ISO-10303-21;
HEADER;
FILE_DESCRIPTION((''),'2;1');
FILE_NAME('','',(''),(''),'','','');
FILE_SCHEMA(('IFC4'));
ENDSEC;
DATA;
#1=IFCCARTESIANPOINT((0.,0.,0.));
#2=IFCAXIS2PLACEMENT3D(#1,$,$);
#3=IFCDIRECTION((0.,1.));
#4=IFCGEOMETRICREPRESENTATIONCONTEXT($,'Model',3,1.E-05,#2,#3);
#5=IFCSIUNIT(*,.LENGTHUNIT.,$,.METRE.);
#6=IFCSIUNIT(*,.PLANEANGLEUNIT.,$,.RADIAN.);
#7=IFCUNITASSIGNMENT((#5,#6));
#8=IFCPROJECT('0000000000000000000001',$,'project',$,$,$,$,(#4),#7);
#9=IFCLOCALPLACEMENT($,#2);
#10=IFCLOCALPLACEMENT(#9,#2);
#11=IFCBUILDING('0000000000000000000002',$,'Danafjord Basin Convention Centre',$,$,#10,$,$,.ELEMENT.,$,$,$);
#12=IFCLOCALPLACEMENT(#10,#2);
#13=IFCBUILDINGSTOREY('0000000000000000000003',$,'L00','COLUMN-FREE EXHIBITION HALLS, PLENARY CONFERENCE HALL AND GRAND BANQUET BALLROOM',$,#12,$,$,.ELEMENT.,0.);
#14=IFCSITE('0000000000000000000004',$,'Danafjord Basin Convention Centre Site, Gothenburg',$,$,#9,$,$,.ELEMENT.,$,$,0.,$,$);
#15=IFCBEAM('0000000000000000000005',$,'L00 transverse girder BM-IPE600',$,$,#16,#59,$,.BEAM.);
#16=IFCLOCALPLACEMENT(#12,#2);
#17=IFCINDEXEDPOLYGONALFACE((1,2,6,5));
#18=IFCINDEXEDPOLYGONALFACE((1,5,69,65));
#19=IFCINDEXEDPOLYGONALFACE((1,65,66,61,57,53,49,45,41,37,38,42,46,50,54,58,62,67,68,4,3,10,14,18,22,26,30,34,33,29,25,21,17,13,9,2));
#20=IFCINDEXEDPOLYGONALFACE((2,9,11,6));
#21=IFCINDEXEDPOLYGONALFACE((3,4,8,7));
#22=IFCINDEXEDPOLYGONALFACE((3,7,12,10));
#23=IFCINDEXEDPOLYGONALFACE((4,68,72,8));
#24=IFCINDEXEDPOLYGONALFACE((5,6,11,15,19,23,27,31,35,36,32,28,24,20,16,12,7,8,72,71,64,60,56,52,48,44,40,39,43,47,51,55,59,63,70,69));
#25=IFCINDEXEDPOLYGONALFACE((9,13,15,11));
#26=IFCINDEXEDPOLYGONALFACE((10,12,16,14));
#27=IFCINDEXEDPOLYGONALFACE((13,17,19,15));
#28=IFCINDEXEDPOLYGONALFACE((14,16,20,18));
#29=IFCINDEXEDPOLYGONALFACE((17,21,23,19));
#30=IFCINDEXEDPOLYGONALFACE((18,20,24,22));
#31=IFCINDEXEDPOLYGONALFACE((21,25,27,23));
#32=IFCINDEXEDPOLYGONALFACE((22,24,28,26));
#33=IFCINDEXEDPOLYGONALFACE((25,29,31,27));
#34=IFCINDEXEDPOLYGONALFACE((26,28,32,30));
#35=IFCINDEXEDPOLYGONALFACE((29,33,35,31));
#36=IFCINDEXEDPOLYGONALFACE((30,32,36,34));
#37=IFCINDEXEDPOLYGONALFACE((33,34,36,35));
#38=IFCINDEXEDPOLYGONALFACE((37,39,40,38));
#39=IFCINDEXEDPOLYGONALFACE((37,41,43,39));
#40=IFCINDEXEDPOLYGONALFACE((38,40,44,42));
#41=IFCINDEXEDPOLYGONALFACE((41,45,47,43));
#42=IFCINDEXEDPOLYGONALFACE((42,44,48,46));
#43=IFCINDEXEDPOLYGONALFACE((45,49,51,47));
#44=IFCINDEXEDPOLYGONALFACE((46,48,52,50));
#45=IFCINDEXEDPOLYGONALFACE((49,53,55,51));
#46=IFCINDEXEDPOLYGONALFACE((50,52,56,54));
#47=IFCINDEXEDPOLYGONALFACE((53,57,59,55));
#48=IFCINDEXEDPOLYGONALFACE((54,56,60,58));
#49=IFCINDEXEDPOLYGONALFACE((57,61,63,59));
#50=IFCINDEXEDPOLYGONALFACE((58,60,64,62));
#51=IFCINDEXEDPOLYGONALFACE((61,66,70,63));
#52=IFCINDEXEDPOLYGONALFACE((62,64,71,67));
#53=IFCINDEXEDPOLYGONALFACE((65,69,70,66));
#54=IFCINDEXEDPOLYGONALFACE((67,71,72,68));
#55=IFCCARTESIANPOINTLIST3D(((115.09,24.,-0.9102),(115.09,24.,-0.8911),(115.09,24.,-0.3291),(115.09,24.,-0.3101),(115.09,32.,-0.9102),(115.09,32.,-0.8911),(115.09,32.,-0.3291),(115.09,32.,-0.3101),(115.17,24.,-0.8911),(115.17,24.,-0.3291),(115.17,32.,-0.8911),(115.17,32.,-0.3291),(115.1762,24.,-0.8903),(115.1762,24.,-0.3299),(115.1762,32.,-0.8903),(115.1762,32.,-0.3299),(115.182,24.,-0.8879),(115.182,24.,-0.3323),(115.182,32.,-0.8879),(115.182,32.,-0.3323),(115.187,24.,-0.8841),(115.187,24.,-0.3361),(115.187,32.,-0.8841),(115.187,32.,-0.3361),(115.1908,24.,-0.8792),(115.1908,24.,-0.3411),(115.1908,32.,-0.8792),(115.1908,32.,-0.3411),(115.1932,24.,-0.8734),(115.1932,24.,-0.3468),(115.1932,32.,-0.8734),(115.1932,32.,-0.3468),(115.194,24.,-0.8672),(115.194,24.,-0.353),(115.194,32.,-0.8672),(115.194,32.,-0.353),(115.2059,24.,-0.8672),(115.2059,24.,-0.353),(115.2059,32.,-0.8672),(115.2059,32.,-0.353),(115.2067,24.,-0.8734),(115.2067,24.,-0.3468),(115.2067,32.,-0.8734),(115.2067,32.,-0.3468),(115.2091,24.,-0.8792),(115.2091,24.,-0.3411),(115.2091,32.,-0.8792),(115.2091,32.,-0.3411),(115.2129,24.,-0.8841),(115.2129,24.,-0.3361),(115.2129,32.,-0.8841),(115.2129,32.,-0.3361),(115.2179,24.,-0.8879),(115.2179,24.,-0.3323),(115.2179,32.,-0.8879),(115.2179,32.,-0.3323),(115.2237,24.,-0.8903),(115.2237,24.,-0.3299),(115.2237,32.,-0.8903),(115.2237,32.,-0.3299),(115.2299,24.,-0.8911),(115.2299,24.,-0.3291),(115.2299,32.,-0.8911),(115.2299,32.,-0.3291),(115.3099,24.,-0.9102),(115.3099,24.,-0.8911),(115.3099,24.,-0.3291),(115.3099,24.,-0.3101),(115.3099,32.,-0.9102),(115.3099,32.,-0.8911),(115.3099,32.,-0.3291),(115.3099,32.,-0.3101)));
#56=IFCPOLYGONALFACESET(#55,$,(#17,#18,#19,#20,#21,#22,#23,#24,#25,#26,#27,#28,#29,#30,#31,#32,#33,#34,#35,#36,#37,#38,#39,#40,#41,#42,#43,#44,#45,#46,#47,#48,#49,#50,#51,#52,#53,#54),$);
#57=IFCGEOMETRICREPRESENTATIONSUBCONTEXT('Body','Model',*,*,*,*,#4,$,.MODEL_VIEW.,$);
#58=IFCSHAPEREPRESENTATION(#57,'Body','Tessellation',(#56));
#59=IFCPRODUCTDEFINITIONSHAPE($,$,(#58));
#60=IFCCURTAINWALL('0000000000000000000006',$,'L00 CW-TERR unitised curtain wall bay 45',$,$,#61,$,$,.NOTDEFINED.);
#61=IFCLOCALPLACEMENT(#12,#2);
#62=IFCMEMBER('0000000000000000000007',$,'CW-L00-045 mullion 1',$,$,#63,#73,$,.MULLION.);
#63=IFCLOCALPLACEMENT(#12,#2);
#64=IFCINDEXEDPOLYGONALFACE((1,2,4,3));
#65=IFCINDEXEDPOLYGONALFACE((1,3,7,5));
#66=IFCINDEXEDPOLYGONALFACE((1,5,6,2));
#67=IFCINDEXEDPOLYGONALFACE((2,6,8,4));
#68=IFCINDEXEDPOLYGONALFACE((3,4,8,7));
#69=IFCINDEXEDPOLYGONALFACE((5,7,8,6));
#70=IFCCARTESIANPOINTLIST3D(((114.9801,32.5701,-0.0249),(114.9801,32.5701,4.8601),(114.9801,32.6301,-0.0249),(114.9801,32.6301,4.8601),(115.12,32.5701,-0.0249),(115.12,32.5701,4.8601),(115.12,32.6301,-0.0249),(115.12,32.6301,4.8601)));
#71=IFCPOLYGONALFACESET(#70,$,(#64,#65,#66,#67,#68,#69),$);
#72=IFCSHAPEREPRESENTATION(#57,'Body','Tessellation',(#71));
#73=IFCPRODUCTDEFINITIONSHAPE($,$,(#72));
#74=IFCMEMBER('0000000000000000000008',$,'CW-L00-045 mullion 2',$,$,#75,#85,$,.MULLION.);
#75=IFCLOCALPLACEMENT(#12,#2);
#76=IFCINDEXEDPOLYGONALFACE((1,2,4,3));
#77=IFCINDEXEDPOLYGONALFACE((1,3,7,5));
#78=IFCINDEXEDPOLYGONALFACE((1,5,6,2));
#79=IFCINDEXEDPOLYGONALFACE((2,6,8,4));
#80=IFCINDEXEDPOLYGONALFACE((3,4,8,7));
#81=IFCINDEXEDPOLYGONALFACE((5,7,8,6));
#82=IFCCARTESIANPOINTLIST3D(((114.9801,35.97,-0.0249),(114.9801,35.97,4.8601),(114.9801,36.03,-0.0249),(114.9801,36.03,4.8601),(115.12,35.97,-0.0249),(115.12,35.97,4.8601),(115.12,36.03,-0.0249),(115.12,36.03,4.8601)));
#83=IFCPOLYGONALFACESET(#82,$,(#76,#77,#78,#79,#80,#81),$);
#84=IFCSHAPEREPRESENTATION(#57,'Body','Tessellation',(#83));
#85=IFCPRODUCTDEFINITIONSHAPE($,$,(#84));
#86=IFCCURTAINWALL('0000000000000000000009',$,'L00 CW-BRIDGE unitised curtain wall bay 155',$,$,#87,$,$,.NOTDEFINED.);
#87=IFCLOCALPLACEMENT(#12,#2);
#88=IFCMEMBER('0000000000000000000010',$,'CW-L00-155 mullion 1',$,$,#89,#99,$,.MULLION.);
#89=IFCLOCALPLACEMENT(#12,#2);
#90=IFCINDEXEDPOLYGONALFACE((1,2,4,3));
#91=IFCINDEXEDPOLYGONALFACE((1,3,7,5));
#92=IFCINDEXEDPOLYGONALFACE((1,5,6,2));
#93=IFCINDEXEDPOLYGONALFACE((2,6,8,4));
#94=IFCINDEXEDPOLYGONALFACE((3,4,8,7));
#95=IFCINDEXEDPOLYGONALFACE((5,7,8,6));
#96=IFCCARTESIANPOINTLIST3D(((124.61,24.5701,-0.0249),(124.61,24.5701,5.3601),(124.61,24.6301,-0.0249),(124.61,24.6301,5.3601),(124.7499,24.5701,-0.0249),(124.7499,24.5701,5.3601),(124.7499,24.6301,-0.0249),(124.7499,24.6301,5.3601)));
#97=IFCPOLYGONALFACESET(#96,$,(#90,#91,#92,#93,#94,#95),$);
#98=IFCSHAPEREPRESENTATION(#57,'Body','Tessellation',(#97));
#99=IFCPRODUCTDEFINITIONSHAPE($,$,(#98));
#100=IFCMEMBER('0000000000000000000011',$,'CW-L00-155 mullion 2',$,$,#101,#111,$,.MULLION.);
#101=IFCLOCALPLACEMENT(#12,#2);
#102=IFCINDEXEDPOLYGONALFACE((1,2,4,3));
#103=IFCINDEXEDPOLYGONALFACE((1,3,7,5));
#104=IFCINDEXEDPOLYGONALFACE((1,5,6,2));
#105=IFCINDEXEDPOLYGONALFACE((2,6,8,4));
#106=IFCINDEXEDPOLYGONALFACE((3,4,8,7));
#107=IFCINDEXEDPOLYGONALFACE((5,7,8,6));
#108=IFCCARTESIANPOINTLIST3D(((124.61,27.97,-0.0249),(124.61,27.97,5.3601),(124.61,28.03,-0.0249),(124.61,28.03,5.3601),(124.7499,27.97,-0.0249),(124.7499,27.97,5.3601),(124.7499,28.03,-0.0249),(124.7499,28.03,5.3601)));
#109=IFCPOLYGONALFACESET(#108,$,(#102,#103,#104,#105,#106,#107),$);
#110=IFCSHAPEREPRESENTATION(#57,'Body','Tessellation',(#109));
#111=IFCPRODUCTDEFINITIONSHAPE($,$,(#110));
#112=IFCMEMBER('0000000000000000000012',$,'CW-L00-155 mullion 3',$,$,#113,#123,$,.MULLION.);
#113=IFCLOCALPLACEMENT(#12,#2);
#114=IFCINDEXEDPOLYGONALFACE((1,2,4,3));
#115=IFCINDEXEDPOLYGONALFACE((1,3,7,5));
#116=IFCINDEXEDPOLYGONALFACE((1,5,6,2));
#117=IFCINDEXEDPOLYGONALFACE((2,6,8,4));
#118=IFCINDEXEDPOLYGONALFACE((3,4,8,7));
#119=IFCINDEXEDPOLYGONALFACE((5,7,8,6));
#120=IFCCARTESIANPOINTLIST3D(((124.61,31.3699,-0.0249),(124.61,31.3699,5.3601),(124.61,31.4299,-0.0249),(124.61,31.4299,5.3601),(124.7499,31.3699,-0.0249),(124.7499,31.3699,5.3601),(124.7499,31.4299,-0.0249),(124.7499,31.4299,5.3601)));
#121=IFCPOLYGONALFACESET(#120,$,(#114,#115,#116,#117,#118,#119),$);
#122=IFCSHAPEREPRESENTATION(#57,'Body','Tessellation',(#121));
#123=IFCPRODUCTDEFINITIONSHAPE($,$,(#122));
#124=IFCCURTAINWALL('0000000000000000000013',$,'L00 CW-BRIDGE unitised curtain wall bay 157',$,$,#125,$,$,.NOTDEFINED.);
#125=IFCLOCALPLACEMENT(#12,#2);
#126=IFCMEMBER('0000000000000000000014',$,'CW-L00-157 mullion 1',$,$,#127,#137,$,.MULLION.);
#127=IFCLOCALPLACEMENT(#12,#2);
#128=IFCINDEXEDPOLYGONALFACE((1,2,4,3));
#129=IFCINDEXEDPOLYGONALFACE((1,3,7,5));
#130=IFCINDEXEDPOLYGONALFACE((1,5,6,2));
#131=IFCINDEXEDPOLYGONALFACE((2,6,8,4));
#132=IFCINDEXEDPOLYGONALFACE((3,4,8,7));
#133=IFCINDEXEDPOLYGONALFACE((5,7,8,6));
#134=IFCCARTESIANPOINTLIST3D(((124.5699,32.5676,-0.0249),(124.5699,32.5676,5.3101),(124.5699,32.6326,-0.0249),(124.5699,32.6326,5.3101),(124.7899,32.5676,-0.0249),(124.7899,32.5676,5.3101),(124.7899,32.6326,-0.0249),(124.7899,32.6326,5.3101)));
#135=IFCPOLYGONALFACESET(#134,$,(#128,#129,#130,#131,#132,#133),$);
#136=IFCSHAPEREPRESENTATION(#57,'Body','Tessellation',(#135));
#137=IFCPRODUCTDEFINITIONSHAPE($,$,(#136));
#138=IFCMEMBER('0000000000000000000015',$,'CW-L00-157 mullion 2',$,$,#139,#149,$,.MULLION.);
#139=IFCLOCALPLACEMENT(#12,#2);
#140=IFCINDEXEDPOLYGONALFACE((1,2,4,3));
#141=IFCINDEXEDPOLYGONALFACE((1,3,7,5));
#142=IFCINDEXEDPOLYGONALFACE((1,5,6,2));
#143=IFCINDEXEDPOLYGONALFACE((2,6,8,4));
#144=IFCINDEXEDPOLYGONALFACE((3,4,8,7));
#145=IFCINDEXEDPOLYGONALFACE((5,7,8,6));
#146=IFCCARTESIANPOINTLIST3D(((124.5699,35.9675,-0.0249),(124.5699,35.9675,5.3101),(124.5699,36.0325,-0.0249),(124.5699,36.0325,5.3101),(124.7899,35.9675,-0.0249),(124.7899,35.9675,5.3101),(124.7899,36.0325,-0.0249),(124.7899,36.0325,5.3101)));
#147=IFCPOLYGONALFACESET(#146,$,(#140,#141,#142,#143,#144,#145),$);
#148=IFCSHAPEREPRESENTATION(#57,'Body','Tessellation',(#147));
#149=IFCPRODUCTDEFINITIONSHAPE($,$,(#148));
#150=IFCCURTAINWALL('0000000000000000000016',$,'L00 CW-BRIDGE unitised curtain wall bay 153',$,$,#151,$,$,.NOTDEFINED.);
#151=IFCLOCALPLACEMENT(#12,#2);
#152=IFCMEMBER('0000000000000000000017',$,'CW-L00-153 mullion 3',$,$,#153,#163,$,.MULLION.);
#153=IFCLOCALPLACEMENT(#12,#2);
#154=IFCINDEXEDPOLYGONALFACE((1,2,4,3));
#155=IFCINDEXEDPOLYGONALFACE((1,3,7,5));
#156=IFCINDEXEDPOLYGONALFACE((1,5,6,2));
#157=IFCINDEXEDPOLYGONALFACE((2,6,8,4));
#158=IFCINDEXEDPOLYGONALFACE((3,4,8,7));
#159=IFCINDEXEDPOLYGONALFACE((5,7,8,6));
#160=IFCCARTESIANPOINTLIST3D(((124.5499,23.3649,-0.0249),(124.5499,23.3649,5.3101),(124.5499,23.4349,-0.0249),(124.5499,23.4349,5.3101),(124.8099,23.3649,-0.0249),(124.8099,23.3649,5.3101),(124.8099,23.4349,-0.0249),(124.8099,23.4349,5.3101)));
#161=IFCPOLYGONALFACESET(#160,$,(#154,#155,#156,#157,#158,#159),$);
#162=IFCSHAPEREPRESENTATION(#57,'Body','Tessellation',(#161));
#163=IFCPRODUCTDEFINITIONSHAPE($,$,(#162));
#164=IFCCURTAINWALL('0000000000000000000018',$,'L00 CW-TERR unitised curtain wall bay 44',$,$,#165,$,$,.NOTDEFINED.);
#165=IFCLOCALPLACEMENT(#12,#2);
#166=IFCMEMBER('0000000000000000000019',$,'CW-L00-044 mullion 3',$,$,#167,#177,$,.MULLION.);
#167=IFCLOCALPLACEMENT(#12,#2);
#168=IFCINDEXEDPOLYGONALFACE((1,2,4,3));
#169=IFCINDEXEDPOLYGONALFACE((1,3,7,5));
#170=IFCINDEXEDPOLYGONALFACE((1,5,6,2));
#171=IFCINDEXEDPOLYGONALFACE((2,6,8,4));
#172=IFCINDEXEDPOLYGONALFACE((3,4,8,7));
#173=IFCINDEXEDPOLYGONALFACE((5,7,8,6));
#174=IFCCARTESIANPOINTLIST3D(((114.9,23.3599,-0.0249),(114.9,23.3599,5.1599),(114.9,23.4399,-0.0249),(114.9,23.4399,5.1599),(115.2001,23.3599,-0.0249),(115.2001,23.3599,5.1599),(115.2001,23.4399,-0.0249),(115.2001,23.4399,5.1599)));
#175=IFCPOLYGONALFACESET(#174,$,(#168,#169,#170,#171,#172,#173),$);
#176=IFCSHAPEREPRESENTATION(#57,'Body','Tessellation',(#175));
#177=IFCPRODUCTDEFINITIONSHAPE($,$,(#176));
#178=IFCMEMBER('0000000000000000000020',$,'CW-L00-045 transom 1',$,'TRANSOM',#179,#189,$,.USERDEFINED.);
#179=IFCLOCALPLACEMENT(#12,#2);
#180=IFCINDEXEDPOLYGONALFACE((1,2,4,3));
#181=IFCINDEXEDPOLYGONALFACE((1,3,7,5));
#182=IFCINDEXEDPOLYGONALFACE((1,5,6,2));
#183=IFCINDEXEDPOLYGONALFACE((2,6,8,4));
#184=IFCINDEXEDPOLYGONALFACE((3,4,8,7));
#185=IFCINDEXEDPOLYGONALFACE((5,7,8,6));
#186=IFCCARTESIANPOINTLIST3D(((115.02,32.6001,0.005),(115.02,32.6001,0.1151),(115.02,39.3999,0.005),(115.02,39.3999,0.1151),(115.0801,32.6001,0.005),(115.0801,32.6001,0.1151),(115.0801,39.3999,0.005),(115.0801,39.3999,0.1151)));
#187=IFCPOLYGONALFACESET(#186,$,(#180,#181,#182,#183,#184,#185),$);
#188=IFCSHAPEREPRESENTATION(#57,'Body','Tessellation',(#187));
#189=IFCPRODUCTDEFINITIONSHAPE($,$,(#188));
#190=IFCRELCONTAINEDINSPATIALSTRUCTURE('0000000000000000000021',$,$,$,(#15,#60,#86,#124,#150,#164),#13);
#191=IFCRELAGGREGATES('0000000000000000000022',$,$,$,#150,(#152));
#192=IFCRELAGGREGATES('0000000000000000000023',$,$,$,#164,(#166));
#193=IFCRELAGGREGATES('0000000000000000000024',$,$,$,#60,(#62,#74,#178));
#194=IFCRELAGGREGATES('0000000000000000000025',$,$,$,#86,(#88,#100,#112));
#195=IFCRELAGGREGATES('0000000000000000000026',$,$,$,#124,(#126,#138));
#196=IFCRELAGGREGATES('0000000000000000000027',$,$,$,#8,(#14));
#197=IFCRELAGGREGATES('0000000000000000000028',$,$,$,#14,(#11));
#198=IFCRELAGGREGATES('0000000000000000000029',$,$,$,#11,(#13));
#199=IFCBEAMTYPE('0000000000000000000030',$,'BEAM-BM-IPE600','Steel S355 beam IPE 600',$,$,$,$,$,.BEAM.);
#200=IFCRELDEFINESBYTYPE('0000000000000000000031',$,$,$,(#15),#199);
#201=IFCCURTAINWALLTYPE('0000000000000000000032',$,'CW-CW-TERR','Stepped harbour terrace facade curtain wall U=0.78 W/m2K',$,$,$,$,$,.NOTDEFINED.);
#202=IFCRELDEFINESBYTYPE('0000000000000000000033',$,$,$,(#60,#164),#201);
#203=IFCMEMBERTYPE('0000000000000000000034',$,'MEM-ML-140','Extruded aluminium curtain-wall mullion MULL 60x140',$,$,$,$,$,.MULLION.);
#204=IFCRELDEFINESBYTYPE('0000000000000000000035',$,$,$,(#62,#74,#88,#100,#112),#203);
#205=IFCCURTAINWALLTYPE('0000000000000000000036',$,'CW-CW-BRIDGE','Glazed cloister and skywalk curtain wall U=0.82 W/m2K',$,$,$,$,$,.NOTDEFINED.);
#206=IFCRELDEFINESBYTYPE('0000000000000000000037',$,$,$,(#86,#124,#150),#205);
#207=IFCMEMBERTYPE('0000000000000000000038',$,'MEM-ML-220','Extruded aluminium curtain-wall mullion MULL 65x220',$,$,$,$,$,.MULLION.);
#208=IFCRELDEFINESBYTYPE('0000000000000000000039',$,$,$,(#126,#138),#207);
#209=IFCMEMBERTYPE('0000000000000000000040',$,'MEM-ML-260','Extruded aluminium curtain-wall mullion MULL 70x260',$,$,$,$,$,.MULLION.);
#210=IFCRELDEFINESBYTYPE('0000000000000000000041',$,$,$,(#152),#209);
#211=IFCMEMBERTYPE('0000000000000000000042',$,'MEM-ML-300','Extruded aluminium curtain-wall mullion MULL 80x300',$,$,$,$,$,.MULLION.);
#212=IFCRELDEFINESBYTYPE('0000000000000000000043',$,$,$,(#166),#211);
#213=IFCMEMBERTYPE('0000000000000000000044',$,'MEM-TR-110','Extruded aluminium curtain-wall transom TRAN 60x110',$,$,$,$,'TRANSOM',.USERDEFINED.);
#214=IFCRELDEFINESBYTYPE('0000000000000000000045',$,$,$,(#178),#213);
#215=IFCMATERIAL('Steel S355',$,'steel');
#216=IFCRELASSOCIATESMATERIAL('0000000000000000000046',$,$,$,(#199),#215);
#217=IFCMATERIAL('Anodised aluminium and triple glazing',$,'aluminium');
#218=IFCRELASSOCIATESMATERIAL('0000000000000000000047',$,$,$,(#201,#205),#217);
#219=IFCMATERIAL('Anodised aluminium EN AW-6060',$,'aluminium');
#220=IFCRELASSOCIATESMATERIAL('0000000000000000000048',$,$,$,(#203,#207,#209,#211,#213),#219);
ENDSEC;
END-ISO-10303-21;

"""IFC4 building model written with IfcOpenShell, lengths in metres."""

from ifc_helpers import new_model, si_unit, direction, frame, origin, origin_2d, place, context, subcontext, project, spatial, rectangle, i_section, extrude, material, material_profile, profile_set, type_object, element, aggregate, save


model = new_model("IFC4")

# Units and contexts
model_context = context("Model", 3, precision=1e-05, world=origin(), true_north=direction((0.0, 1.0)))
body_context = subcontext(model_context, "Body", "Model", "MODEL_VIEW")
ifc_project = project(units=[si_unit("LENGTHUNIT", "METRE"), si_unit("PLANEANGLEUNIT", "RADIAN")], contexts=[model_context])

# Site, building, storey
site_placement = place(None, origin())
site = spatial("IfcSite", under=ifc_project, at=site_placement, Name="Danafjord Basin Convention Centre Site, Gothenburg", CompositionType="ELEMENT", RefElevation=0.0)
building_placement = place(site_placement, origin())
building = spatial("IfcBuilding", under=site, at=building_placement, Name="Danafjord Basin Convention Centre", CompositionType="ELEMENT")
storey_placement = place(building_placement, origin())
storey = spatial("IfcBuildingStorey", under=building, at=storey_placement, Name="L00", Description="COLUMN-FREE EXHIBITION HALLS, PLENARY CONFERENCE HALL AND GRAND BANQUET BALLROOM", CompositionType="ELEMENT", Elevation=0.0)

# Shared definitions
ifc_material_1 = material(Name="Steel S355", Category="steel")

# Beam
ifc_material_profile_1 = material_profile(ifc_material_1, i_section(OverallWidth=0.22, OverallDepth=0.6001, WebThickness=0.012, FlangeThickness=0.019, FilletRadius=0.0239, at=origin_2d()), Name="IPE 600")
ifc_profile_set_1 = profile_set([ifc_material_profile_1], Name="Steel S355")
beam_type_1 = type_object("IfcBeamType", Name="BEAM-BM-IPE600", Description="Steel S355 beam IPE 600", PredefinedType="BEAM", material=ifc_profile_set_1)
beam_1_placement = place(storey_placement, frame((115.2, 24.0, -0.6101), z_axis=(0.0, 1.0, 0.0), x_axis=(-1.0, 0.0, 0.0)))
element("IfcBeam", 1, at=beam_1_placement, inside=storey, type_object=beam_type_1, Name="L00 transverse girder BM-IPE600", PredefinedType="BEAM", context=body_context, shape_type="SweptSolid", body=[
    extrude(i_section(OverallWidth=0.22, OverallDepth=0.6001, WebThickness=0.012, FlangeThickness=0.019, FilletRadius=0.0239, at=origin_2d()), origin(), (0.0, 0.0, 1.0), 8.0),
])

# Curtain walls, members
ifc_material_2 = material(Name="Anodised aluminium and triple glazing", Category="aluminium")
curtain_wall_type_1 = type_object("IfcCurtainWallType", Name="CW-CW-TERR", Description="Stepped harbour terrace facade curtain wall U=0.78 W/m2K", PredefinedType="NOTDEFINED", material=ifc_material_2)
curtain_wall_1_placement = place(storey_placement, origin())
curtain_wall_1 = element("IfcCurtainWall", 2, at=curtain_wall_1_placement, inside=storey, type_object=curtain_wall_type_1, Name="L00 CW-TERR unitised curtain wall bay 45", PredefinedType="NOTDEFINED")
ifc_material_3 = material(Name="Anodised aluminium EN AW-6060", Category="aluminium")
ifc_material_profile_2 = material_profile(ifc_material_3, rectangle(XDim=0.0601, YDim=0.1399, at=origin_2d()), Name="MULL 60x140")
ifc_profile_set_2 = profile_set([ifc_material_profile_2], Name="Anodised aluminium EN AW-6060")
member_type_1 = type_object("IfcMemberType", Name="MEM-ML-140", Description="Extruded aluminium curtain-wall mullion MULL 60x140", PredefinedType="MULLION", material=ifc_profile_set_2)
member_1_placement = place(storey_placement, frame((115.05, 32.6001, -0.0249), z_axis=(0.0, 0.0, 1.0), x_axis=(0.0, 1.0, 0.0)))
member_1 = element("IfcMember", 3, at=member_1_placement, type_object=member_type_1, Name="CW-L00-045 mullion 1", PredefinedType="MULLION", context=body_context, shape_type="SweptSolid", body=[
    extrude(rectangle(XDim=0.0601, YDim=0.1399, at=origin_2d()), origin(), (0.0, 0.0, 1.0), 4.885),
])
member_2_placement = place(storey_placement, frame((115.05, 36.0, -0.0249), z_axis=(0.0, 0.0, 1.0), x_axis=(0.0, 1.0, 0.0)))
member_2 = element("IfcMember", 4, at=member_2_placement, type_object=member_type_1, Name="CW-L00-045 mullion 2", PredefinedType="MULLION", context=body_context, shape_type="SweptSolid", body=[
    extrude(rectangle(XDim=0.0601, YDim=0.1399, at=origin_2d()), origin(), (0.0, 0.0, 1.0), 4.885),
])
curtain_wall_type_2 = type_object("IfcCurtainWallType", Name="CW-CW-BRIDGE", Description="Glazed cloister and skywalk curtain wall U=0.82 W/m2K", PredefinedType="NOTDEFINED", material=ifc_material_2)
curtain_wall_2_placement = place(storey_placement, origin())
curtain_wall_2 = element("IfcCurtainWall", 5, at=curtain_wall_2_placement, inside=storey, type_object=curtain_wall_type_2, Name="L00 CW-BRIDGE unitised curtain wall bay 155", PredefinedType="NOTDEFINED")
member_3_placement = place(storey_placement, frame((124.6799, 24.6001, -0.0249), z_axis=(0.0, 0.0, 1.0), x_axis=(0.0, 1.0, 0.0)))
member_3 = element("IfcMember", 6, at=member_3_placement, type_object=member_type_1, Name="CW-L00-155 mullion 1", PredefinedType="MULLION", context=body_context, shape_type="SweptSolid", body=[
    extrude(rectangle(XDim=0.0601, YDim=0.1399, at=origin_2d()), origin(), (0.0, 0.0, 1.0), 5.385),
])
member_4_placement = place(storey_placement, frame((124.6799, 28.0, -0.0249), z_axis=(0.0, 0.0, 1.0), x_axis=(0.0, 1.0, 0.0)))
member_4 = element("IfcMember", 7, at=member_4_placement, type_object=member_type_1, Name="CW-L00-155 mullion 2", PredefinedType="MULLION", context=body_context, shape_type="SweptSolid", body=[
    extrude(rectangle(XDim=0.0601, YDim=0.1399, at=origin_2d()), origin(), (0.0, 0.0, 1.0), 5.385),
])
member_5_placement = place(storey_placement, frame((124.6799, 31.3999, -0.0249), z_axis=(0.0, 0.0, 1.0), x_axis=(0.0, 1.0, 0.0)))
member_5 = element("IfcMember", 8, at=member_5_placement, type_object=member_type_1, Name="CW-L00-155 mullion 3", PredefinedType="MULLION", context=body_context, shape_type="SweptSolid", body=[
    extrude(rectangle(XDim=0.0601, YDim=0.1399, at=origin_2d()), origin(), (0.0, 0.0, 1.0), 5.385),
])
curtain_wall_3_placement = place(storey_placement, origin())
curtain_wall_3 = element("IfcCurtainWall", 9, at=curtain_wall_3_placement, inside=storey, type_object=curtain_wall_type_2, Name="L00 CW-BRIDGE unitised curtain wall bay 157", PredefinedType="NOTDEFINED")
ifc_material_profile_3 = material_profile(ifc_material_3, rectangle(XDim=0.0649, YDim=0.22, at=origin_2d()), Name="MULL 65x220")
ifc_profile_set_3 = profile_set([ifc_material_profile_3], Name="Anodised aluminium EN AW-6060")
member_type_2 = type_object("IfcMemberType", Name="MEM-ML-220", Description="Extruded aluminium curtain-wall mullion MULL 65x220", PredefinedType="MULLION", material=ifc_profile_set_3)
member_6_placement = place(storey_placement, frame((124.6799, 32.6001, -0.0249), z_axis=(0.0, 0.0, 1.0), x_axis=(0.0, 1.0, 0.0)))
member_6 = element("IfcMember", 10, at=member_6_placement, type_object=member_type_2, Name="CW-L00-157 mullion 1", PredefinedType="MULLION", context=body_context, shape_type="SweptSolid", body=[
    extrude(rectangle(XDim=0.0649, YDim=0.22, at=origin_2d()), origin(), (0.0, 0.0, 1.0), 5.335),
])
member_7_placement = place(storey_placement, frame((124.6799, 36.0, -0.0249), z_axis=(0.0, 0.0, 1.0), x_axis=(0.0, 1.0, 0.0)))
member_7 = element("IfcMember", 11, at=member_7_placement, type_object=member_type_2, Name="CW-L00-157 mullion 2", PredefinedType="MULLION", context=body_context, shape_type="SweptSolid", body=[
    extrude(rectangle(XDim=0.0649, YDim=0.22, at=origin_2d()), origin(), (0.0, 0.0, 1.0), 5.335),
])

# Curtain walls, members
curtain_wall_4_placement = place(storey_placement, origin())
curtain_wall_4 = element("IfcCurtainWall", 12, at=curtain_wall_4_placement, inside=storey, type_object=curtain_wall_type_2, Name="L00 CW-BRIDGE unitised curtain wall bay 153", PredefinedType="NOTDEFINED")
ifc_material_profile_4 = material_profile(ifc_material_3, rectangle(XDim=0.0701, YDim=0.26, at=origin_2d()), Name="MULL 70x260")
ifc_profile_set_4 = profile_set([ifc_material_profile_4], Name="Anodised aluminium EN AW-6060")
member_type_3 = type_object("IfcMemberType", Name="MEM-ML-260", Description="Extruded aluminium curtain-wall mullion MULL 70x260", PredefinedType="MULLION", material=ifc_profile_set_4)
member_8_placement = place(storey_placement, frame((124.6799, 23.3999, -0.0249), z_axis=(0.0, 0.0, 1.0), x_axis=(0.0, 1.0, 0.0)))
member_8 = element("IfcMember", 13, at=member_8_placement, type_object=member_type_3, Name="CW-L00-153 mullion 3", PredefinedType="MULLION", context=body_context, shape_type="SweptSolid", body=[
    extrude(rectangle(XDim=0.0701, YDim=0.26, at=origin_2d()), origin(), (0.0, 0.0, 1.0), 5.335),
])
aggregate(curtain_wall_4, [member_8])
curtain_wall_5_placement = place(storey_placement, origin())
curtain_wall_5 = element("IfcCurtainWall", 14, at=curtain_wall_5_placement, inside=storey, type_object=curtain_wall_type_1, Name="L00 CW-TERR unitised curtain wall bay 44", PredefinedType="NOTDEFINED")
ifc_material_profile_5 = material_profile(ifc_material_3, rectangle(XDim=0.0801, YDim=0.3, at=origin_2d()), Name="MULL 80x300")
ifc_profile_set_5 = profile_set([ifc_material_profile_5], Name="Anodised aluminium EN AW-6060")
member_type_4 = type_object("IfcMemberType", Name="MEM-ML-300", Description="Extruded aluminium curtain-wall mullion MULL 80x300", PredefinedType="MULLION", material=ifc_profile_set_5)
member_9_placement = place(storey_placement, frame((115.05, 23.3999, -0.0249), z_axis=(0.0, 0.0, 1.0), x_axis=(0.0, 1.0, 0.0)))
member_9 = element("IfcMember", 15, at=member_9_placement, type_object=member_type_4, Name="CW-L00-044 mullion 3", PredefinedType="MULLION", context=body_context, shape_type="SweptSolid", body=[
    extrude(rectangle(XDim=0.0801, YDim=0.3, at=origin_2d()), origin(), (0.0, 0.0, 1.0), 5.1848),
])
aggregate(curtain_wall_5, [member_9])

# Member
ifc_material_profile_6 = material_profile(ifc_material_3, rectangle(XDim=0.0601, YDim=0.1101, at=origin_2d()), Name="TRAN 60x110")
ifc_profile_set_6 = profile_set([ifc_material_profile_6], Name="Anodised aluminium EN AW-6060")
member_type_5 = type_object("IfcMemberType", Name="MEM-TR-110", Description="Extruded aluminium curtain-wall transom TRAN 60x110", ElementType="TRANSOM", PredefinedType="USERDEFINED", material=ifc_profile_set_6)
member_10_placement = place(storey_placement, frame((115.05, 32.6001, 0.0601), z_axis=(0.0, 1.0, 0.0), x_axis=(-1.0, 0.0, 0.0)))
member_10 = element("IfcMember", 16, at=member_10_placement, type_object=member_type_5, Name="CW-L00-045 transom 1", ObjectType="TRANSOM", PredefinedType="USERDEFINED", context=body_context, shape_type="SweptSolid", body=[
    extrude(rectangle(XDim=0.0601, YDim=0.1101, at=origin_2d()), origin(), (0.0, 0.0, 1.0), 6.7998),
])

aggregate(curtain_wall_1, [member_1, member_2, member_10])
aggregate(curtain_wall_2, [member_3, member_4, member_5])
aggregate(curtain_wall_3, [member_6, member_7])

save(model, "model.ifc")
